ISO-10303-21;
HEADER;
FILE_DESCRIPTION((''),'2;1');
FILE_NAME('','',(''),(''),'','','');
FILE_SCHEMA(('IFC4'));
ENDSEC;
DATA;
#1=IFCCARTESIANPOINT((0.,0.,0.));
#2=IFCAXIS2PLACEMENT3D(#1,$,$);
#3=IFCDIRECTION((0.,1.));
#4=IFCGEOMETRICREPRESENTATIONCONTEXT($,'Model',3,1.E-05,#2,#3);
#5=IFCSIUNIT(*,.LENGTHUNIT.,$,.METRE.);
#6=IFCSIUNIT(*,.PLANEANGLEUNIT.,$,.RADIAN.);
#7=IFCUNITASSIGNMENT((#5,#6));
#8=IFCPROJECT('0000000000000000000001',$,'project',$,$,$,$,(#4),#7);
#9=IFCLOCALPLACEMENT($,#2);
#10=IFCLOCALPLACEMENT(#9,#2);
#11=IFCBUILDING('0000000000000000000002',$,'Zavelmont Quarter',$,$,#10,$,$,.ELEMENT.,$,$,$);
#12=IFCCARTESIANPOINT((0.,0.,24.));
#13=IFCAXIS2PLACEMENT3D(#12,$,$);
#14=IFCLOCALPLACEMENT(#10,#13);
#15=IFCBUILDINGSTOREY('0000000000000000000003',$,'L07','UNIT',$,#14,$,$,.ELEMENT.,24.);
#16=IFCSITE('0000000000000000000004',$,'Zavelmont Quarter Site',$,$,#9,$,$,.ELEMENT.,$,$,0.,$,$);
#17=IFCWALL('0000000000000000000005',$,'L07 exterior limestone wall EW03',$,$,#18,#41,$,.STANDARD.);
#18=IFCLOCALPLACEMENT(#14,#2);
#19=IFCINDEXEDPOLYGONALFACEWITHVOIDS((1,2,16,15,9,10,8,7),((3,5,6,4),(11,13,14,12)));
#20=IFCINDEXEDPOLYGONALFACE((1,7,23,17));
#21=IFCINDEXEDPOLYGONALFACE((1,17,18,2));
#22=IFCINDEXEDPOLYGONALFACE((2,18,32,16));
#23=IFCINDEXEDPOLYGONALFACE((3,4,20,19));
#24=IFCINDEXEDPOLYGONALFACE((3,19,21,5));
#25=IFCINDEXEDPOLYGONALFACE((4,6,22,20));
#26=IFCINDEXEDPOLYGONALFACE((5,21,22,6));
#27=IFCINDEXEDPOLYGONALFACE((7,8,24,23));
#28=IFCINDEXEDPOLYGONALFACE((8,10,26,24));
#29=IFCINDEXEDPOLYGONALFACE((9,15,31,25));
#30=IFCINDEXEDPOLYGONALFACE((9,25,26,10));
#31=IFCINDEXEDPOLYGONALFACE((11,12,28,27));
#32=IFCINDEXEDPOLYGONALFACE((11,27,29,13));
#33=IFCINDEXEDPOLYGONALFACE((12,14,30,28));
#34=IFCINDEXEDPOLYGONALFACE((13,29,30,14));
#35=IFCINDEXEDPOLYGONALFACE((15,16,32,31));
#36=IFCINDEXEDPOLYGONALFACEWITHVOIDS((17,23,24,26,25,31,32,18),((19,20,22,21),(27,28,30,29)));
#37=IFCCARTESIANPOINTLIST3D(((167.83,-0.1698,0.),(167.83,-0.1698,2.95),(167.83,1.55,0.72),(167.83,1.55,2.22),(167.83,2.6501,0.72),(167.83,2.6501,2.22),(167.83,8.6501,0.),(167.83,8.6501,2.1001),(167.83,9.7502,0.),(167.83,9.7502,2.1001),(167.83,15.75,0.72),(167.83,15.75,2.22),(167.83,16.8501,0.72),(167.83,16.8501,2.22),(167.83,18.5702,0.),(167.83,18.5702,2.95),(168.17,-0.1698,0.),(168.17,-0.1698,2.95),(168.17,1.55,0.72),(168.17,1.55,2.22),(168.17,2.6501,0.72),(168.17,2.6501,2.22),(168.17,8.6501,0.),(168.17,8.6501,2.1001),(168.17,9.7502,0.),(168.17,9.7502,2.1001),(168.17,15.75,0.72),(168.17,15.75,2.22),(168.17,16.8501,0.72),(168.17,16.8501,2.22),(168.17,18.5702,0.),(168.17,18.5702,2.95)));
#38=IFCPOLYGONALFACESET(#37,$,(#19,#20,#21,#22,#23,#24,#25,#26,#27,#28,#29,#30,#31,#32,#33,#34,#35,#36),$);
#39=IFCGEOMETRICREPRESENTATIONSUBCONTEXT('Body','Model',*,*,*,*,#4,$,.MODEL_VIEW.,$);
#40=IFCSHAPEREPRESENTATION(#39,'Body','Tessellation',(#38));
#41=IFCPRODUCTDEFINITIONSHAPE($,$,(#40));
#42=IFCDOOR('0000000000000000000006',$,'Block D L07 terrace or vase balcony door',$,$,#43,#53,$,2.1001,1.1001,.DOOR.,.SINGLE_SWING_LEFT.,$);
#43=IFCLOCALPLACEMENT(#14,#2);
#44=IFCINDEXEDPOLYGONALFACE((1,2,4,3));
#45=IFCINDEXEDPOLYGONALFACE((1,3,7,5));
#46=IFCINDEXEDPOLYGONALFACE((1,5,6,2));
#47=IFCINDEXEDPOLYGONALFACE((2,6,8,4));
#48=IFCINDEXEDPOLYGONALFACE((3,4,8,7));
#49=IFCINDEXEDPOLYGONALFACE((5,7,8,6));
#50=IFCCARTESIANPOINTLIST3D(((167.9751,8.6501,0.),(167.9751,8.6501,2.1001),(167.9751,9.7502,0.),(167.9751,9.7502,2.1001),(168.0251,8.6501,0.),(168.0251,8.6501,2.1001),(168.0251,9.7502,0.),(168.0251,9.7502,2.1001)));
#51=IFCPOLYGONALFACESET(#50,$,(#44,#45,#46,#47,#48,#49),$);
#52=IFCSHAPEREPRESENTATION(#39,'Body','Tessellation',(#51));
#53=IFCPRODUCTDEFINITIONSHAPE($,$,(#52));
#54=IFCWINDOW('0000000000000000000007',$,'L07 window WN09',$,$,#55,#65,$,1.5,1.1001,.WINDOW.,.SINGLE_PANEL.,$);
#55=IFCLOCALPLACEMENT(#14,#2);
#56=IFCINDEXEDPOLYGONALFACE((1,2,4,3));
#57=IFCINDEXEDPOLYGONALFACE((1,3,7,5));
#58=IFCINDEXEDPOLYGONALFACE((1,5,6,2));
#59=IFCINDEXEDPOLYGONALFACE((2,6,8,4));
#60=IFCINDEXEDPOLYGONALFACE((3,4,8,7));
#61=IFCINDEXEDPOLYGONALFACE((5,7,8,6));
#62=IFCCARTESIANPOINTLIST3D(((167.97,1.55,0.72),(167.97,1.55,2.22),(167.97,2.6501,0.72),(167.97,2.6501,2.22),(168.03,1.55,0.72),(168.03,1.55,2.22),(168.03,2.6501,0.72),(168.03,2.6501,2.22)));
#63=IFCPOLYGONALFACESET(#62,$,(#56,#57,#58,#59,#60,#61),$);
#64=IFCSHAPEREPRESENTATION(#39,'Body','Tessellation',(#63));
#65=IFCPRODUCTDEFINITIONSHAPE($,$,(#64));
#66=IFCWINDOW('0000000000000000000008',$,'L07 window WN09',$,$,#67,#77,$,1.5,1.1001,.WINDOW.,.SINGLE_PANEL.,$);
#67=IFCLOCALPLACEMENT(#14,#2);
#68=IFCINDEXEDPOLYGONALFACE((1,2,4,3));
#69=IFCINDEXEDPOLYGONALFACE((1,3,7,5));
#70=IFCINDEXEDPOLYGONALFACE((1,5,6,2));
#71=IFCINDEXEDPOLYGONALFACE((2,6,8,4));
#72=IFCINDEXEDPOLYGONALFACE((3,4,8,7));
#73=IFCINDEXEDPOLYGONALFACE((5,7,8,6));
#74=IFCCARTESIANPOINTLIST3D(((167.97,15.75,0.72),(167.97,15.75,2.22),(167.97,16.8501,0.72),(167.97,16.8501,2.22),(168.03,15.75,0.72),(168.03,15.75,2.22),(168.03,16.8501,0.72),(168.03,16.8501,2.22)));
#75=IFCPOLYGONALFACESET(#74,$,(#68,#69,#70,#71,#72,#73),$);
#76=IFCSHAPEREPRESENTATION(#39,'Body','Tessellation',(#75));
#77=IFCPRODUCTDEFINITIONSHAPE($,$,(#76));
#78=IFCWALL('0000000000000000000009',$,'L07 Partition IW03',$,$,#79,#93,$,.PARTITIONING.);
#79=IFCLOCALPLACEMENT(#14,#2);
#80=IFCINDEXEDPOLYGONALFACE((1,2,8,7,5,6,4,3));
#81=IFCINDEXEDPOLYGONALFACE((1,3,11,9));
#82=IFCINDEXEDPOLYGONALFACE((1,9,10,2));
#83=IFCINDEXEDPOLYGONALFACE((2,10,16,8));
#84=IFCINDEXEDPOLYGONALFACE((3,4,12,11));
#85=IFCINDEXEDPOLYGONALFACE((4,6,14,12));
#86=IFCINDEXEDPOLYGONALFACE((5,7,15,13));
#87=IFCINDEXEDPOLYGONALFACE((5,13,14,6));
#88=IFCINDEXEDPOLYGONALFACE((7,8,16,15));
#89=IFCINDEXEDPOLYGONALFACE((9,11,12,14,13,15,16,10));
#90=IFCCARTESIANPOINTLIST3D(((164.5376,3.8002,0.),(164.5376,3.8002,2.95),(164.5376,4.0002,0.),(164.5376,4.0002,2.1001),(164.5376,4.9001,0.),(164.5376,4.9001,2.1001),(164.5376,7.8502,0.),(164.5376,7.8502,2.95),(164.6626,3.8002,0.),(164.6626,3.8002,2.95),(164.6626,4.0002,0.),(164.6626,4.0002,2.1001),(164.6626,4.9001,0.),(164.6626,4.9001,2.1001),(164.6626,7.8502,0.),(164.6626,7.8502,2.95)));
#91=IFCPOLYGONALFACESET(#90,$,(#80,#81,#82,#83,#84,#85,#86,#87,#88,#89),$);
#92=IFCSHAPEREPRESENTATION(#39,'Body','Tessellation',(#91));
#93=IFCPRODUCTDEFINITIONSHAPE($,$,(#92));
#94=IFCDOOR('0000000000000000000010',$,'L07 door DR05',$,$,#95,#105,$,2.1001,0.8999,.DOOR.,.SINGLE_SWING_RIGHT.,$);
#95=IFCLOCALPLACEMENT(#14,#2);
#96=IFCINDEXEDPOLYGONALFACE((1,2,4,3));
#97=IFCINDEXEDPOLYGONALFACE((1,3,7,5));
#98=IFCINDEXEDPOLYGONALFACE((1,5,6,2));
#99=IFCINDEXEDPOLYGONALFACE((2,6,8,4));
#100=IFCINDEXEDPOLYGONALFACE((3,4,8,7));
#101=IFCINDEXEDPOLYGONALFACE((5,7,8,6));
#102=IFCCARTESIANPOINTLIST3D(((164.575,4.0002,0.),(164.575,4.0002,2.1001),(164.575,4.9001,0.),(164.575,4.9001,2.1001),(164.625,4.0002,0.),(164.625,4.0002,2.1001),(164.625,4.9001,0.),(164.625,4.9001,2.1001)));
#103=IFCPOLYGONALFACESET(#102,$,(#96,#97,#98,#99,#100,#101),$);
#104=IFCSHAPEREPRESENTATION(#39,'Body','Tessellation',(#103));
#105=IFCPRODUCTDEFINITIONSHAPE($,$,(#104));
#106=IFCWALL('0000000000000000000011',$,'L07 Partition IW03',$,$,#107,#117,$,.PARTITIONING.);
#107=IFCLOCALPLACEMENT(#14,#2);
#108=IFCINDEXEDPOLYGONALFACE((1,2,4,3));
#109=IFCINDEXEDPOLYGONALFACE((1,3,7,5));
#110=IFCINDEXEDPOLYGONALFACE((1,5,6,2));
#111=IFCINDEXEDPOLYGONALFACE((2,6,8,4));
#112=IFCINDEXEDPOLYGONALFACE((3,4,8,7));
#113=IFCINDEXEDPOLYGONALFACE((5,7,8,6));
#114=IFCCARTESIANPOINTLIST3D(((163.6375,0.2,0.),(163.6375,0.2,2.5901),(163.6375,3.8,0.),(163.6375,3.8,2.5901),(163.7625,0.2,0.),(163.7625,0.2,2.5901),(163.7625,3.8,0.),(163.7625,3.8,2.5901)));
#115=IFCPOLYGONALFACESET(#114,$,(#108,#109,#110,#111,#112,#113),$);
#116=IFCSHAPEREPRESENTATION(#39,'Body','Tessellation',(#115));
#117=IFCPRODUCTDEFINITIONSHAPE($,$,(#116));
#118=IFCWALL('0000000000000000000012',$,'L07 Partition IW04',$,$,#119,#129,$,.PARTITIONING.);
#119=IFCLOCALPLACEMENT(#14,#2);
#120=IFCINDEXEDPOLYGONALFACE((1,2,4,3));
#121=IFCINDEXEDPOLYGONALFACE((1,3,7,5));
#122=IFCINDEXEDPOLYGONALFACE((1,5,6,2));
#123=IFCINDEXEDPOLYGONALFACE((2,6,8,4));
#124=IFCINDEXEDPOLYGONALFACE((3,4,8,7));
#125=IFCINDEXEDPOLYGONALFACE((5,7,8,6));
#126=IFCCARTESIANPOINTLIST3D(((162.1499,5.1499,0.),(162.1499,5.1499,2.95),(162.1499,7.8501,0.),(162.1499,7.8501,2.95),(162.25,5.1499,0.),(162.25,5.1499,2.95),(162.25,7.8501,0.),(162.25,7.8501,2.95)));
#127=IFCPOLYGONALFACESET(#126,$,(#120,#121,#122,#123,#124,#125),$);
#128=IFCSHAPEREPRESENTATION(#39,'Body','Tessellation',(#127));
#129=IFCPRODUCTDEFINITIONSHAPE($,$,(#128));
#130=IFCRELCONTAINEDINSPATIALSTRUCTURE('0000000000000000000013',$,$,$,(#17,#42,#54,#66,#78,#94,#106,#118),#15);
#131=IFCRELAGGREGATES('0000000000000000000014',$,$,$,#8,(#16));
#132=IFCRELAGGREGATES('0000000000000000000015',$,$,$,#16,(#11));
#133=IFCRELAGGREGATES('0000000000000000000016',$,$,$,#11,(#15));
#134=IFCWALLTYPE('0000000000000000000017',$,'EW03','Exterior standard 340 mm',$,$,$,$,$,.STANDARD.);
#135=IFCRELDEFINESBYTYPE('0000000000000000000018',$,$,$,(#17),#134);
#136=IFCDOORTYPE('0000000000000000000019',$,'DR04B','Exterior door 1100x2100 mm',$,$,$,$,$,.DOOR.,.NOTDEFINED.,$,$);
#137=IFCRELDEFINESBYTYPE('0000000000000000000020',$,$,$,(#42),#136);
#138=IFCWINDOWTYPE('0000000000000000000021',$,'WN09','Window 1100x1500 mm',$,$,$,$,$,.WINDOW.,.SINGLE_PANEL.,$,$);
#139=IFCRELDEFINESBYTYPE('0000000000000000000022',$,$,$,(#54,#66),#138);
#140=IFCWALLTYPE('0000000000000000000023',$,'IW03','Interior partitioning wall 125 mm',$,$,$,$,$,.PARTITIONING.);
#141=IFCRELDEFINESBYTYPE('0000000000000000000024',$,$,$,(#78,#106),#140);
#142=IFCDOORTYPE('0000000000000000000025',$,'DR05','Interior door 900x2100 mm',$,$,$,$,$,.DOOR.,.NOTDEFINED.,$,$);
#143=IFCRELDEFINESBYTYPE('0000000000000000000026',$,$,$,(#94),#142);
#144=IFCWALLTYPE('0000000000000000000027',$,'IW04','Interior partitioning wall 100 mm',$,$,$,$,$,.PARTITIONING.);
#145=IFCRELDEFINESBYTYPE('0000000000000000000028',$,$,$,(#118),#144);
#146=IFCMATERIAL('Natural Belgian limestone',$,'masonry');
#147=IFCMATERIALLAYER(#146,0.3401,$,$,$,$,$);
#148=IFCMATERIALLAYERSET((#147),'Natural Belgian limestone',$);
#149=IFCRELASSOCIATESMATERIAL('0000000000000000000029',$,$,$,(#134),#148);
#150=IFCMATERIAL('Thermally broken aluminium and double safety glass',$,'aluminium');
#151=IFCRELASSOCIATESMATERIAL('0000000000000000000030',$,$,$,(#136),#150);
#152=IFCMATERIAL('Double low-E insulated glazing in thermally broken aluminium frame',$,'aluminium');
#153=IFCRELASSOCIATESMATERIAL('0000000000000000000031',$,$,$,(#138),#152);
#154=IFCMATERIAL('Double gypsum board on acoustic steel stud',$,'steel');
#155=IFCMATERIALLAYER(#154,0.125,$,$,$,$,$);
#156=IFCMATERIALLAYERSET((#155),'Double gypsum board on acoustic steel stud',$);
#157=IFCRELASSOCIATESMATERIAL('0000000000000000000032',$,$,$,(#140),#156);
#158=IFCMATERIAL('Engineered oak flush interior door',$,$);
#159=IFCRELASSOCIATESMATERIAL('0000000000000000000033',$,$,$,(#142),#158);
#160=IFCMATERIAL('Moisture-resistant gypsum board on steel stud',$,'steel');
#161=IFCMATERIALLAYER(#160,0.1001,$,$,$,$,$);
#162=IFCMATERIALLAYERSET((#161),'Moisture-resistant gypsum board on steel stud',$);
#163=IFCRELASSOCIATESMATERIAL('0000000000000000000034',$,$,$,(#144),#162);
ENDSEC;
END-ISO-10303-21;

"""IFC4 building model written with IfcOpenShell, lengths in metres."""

from ifc_helpers import new_model, si_unit, direction, frame, frame_2d, origin, origin_with_axes, place, context, subcontext, project, spatial, rectangle, extrude, material, layer, layer_set, type_object, element, fill, save


model = new_model("IFC4")

# Units and contexts
model_context = context("Model", 3, precision=1e-05, world=origin(), true_north=direction((0.0, 1.0)))
body_context = subcontext(model_context, "Body", "Model", "MODEL_VIEW")
ifc_project = project(units=[si_unit("LENGTHUNIT", "METRE"), si_unit("PLANEANGLEUNIT", "RADIAN")], contexts=[model_context])

# Site, building, storey
site_placement = place(None, origin())
site = spatial("IfcSite", under=ifc_project, at=site_placement, Name="Zavelmont Quarter Site", CompositionType="ELEMENT", RefElevation=0.0)
building_placement = place(site_placement, origin())
building = spatial("IfcBuilding", under=site, at=building_placement, Name="Zavelmont Quarter", CompositionType="ELEMENT")
storey_placement = place(building_placement, frame((0.0, 0.0, 24.0)))
storey = spatial("IfcBuildingStorey", under=building, at=storey_placement, Name="L07", Description="UNIT", CompositionType="ELEMENT", Elevation=24.0)

# Wall, openings, door, windows
ifc_material_1 = material(Name="Natural Belgian limestone", Category="masonry")
ifc_layer_1 = layer(ifc_material_1, 0.3401)
ifc_layer_set_1 = layer_set([ifc_layer_1], Name="Natural Belgian limestone")
wall_type_1 = type_object("IfcWallType", Name="EW03", Description="Exterior standard 340 mm", PredefinedType="STANDARD", material=ifc_layer_set_1)
wall_1_placement = place(storey_placement, frame((168.0, -0.1699, 0.0), z_axis=(0.0, 0.0, 1.0), x_axis=(0.0, 1.0, 0.0)))
wall_1 = element("IfcWall", 1, at=wall_1_placement, inside=storey, type_object=wall_type_1, Name="L07 exterior limestone wall EW03", PredefinedType="STANDARD", context=body_context, shape_type="SweptSolid", body=[
    extrude(rectangle(XDim=18.74, YDim=0.3401, at=frame_2d((9.3701, 0.0))), origin(), (0.0, 0.0, 1.0), 2.95),
])
opening_1_placement = place(wall_1_placement, frame((8.8201, 0.0, 0.0)))
opening_1 = element("IfcOpeningElement", 2, at=opening_1_placement, cuts=wall_1, PredefinedType="OPENING", context=body_context, shape_type="SweptSolid", body=[
    extrude(rectangle(XDim=1.1001, YDim=2.1001, at=frame_2d((0.55, 1.05))), frame((0.0, 0.1821, 0.0), z_axis=(0.0, -1.0, 0.0), x_axis=(1.0, 0.0, 0.0)), (0.0, 0.0, 1.0), 0.364),
])
opening_2_placement = place(wall_1_placement, frame((1.72, 0.0, 0.72)))
opening_2 = element("IfcOpeningElement", 3, at=opening_2_placement, cuts=wall_1, PredefinedType="OPENING", context=body_context, shape_type="SweptSolid", body=[
    extrude(rectangle(XDim=1.1001, YDim=1.5, at=frame_2d((0.55, 0.75))), frame((0.0, 0.1821, 0.0), z_axis=(0.0, -1.0, 0.0), x_axis=(1.0, 0.0, 0.0)), (0.0, 0.0, 1.0), 0.364),
])
opening_3_placement = place(wall_1_placement, frame((15.9199, 0.0, 0.72)))
opening_3 = element("IfcOpeningElement", 4, at=opening_3_placement, cuts=wall_1, PredefinedType="OPENING", context=body_context, shape_type="SweptSolid", body=[
    extrude(rectangle(XDim=1.1001, YDim=1.5, at=frame_2d((0.55, 0.75))), frame((0.0, 0.1821, 0.0), z_axis=(0.0, -1.0, 0.0), x_axis=(1.0, 0.0, 0.0)), (0.0, 0.0, 1.0), 0.364),
])
ifc_material_2 = material(Name="Thermally broken aluminium and double safety glass", Category="aluminium")
door_type_1 = type_object("IfcDoorType", Name="DR04B", Description="Exterior door 1100x2100 mm", OperationType="NOTDEFINED", PredefinedType="DOOR", material=ifc_material_2)
door_1_placement = place(opening_1_placement, origin_with_axes())
door_1 = element("IfcDoor", 5, at=door_1_placement, inside=storey, type_object=door_type_1, Name="Block D L07 terrace or vase balcony door", OperationType="SINGLE_SWING_LEFT", OverallHeight=2.1001, OverallWidth=1.1001, PredefinedType="DOOR", context=body_context, shape_type="SweptSolid", body=[
    extrude(rectangle(XDim=1.1001, YDim=2.1001, at=frame_2d((0.55, 1.05))), frame((0.0, 0.0249, 0.0), z_axis=(0.0, -1.0, 0.0), x_axis=(1.0, 0.0, 0.0)), (0.0, 0.0, 1.0), 0.05),
])
fill(opening_1, door_1)
ifc_material_3 = material(Name="Double low-E insulated glazing in thermally broken aluminium frame", Category="aluminium")
window_type = type_object("IfcWindowType", Name="WN09", Description="Window 1100x1500 mm", PartitioningType="SINGLE_PANEL", PredefinedType="WINDOW", material=ifc_material_3)
window_1_placement = place(opening_2_placement, origin_with_axes())
window_1 = element("IfcWindow", 6, at=window_1_placement, inside=storey, type_object=window_type, Name="L07 window WN09", OverallHeight=1.5, OverallWidth=1.1001, PartitioningType="SINGLE_PANEL", PredefinedType="WINDOW", context=body_context, shape_type="SweptSolid", body=[
    extrude(rectangle(XDim=1.1001, YDim=1.5, at=frame_2d((0.55, 0.75))), frame((0.0, 0.03, 0.0), z_axis=(0.0, -1.0, 0.0), x_axis=(1.0, 0.0, 0.0)), (0.0, 0.0, 1.0), 0.0601),
])
fill(opening_2, window_1)
window_2_placement = place(opening_3_placement, origin_with_axes())
window_2 = element("IfcWindow", 7, at=window_2_placement, inside=storey, type_object=window_type, Name="L07 window WN09", OverallHeight=1.5, OverallWidth=1.1001, PartitioningType="SINGLE_PANEL", PredefinedType="WINDOW", context=body_context, shape_type="SweptSolid", body=[
    extrude(rectangle(XDim=1.1001, YDim=1.5, at=frame_2d((0.55, 0.75))), frame((0.0, 0.03, 0.0), z_axis=(0.0, -1.0, 0.0), x_axis=(1.0, 0.0, 0.0)), (0.0, 0.0, 1.0), 0.0601),
])
fill(opening_3, window_2)

# Wall, opening, door
ifc_material_4 = material(Name="Double gypsum board on acoustic steel stud", Category="steel")
ifc_layer_2 = layer(ifc_material_4, 0.125)
ifc_layer_set_2 = layer_set([ifc_layer_2], Name="Double gypsum board on acoustic steel stud")
wall_type_2 = type_object("IfcWallType", Name="IW03", Description="Interior partitioning wall 125 mm", PredefinedType="PARTITIONING", material=ifc_layer_set_2)
wall_2_placement = place(storey_placement, frame((164.6001, 7.8501, 0.0), z_axis=(0.0, 0.0, 1.0), x_axis=(0.0, -1.0, 0.0)))
wall_2 = element("IfcWall", 8, at=wall_2_placement, inside=storey, type_object=wall_type_2, Name="L07 Partition IW03", PredefinedType="PARTITIONING", context=body_context, shape_type="SweptSolid", body=[
    extrude(rectangle(XDim=4.05, YDim=0.125, at=frame_2d((2.0249, 0.0))), origin(), (0.0, 0.0, 1.0), 2.95),
])
opening_4_placement = place(wall_2_placement, frame((2.95, 0.0, 0.0)))
opening_4 = element("IfcOpeningElement", 9, at=opening_4_placement, cuts=wall_2, PredefinedType="OPENING", context=body_context, shape_type="SweptSolid", body=[
    extrude(rectangle(XDim=0.8999, YDim=2.1001, at=frame_2d((0.45, 1.05))), frame((0.0, 0.0745, 0.0), z_axis=(0.0, -1.0, 0.0), x_axis=(1.0, 0.0, 0.0)), (0.0, 0.0, 1.0), 0.1489),
])
ifc_material_5 = material(Name="Engineered oak flush interior door")
door_type_2 = type_object("IfcDoorType", Name="DR05", Description="Interior door 900x2100 mm", OperationType="NOTDEFINED", PredefinedType="DOOR", material=ifc_material_5)
door_2_placement = place(opening_4_placement, origin_with_axes())
door_2 = element("IfcDoor", 10, at=door_2_placement, inside=storey, type_object=door_type_2, Name="L07 door DR05", OperationType="SINGLE_SWING_RIGHT", OverallHeight=2.1001, OverallWidth=0.8999, PredefinedType="DOOR", context=body_context, shape_type="SweptSolid", body=[
    extrude(rectangle(XDim=0.8999, YDim=2.1001, at=frame_2d((0.45, 1.05))), frame((0.0, 0.0249, 0.0), z_axis=(0.0, -1.0, 0.0), x_axis=(1.0, 0.0, 0.0)), (0.0, 0.0, 1.0), 0.05),
])
fill(opening_4, door_2)

# Walls
wall_3_placement = place(storey_placement, frame((163.7, 3.8, 0.0), z_axis=(0.0, 0.0, 1.0), x_axis=(0.0, -1.0, 0.0)))
element("IfcWall", 11, at=wall_3_placement, inside=storey, type_object=wall_type_2, Name="L07 Partition IW03", PredefinedType="PARTITIONING", context=body_context, shape_type="SweptSolid", body=[
    extrude(rectangle(XDim=3.6001, YDim=0.125, at=frame_2d((1.8, 0.0))), origin(), (0.0, 0.0, 1.0), 2.5901),
])
ifc_material_6 = material(Name="Moisture-resistant gypsum board on steel stud", Category="steel")
ifc_layer_3 = layer(ifc_material_6, 0.1001)
ifc_layer_set_3 = layer_set([ifc_layer_3], Name="Moisture-resistant gypsum board on steel stud")
wall_type_3 = type_object("IfcWallType", Name="IW04", Description="Interior partitioning wall 100 mm", PredefinedType="PARTITIONING", material=ifc_layer_set_3)
wall_4_placement = place(storey_placement, frame((162.2, 7.8501, 0.0), z_axis=(0.0, 0.0, 1.0), x_axis=(0.0, -1.0, 0.0)))
element("IfcWall", 12, at=wall_4_placement, inside=storey, type_object=wall_type_3, Name="L07 Partition IW04", PredefinedType="PARTITIONING", context=body_context, shape_type="SweptSolid", body=[
    extrude(rectangle(XDim=2.7002, YDim=0.1001, at=frame_2d((1.3501, 0.0))), origin(), (0.0, 0.0, 1.0), 2.95),
])

save(model, "model.ifc")
